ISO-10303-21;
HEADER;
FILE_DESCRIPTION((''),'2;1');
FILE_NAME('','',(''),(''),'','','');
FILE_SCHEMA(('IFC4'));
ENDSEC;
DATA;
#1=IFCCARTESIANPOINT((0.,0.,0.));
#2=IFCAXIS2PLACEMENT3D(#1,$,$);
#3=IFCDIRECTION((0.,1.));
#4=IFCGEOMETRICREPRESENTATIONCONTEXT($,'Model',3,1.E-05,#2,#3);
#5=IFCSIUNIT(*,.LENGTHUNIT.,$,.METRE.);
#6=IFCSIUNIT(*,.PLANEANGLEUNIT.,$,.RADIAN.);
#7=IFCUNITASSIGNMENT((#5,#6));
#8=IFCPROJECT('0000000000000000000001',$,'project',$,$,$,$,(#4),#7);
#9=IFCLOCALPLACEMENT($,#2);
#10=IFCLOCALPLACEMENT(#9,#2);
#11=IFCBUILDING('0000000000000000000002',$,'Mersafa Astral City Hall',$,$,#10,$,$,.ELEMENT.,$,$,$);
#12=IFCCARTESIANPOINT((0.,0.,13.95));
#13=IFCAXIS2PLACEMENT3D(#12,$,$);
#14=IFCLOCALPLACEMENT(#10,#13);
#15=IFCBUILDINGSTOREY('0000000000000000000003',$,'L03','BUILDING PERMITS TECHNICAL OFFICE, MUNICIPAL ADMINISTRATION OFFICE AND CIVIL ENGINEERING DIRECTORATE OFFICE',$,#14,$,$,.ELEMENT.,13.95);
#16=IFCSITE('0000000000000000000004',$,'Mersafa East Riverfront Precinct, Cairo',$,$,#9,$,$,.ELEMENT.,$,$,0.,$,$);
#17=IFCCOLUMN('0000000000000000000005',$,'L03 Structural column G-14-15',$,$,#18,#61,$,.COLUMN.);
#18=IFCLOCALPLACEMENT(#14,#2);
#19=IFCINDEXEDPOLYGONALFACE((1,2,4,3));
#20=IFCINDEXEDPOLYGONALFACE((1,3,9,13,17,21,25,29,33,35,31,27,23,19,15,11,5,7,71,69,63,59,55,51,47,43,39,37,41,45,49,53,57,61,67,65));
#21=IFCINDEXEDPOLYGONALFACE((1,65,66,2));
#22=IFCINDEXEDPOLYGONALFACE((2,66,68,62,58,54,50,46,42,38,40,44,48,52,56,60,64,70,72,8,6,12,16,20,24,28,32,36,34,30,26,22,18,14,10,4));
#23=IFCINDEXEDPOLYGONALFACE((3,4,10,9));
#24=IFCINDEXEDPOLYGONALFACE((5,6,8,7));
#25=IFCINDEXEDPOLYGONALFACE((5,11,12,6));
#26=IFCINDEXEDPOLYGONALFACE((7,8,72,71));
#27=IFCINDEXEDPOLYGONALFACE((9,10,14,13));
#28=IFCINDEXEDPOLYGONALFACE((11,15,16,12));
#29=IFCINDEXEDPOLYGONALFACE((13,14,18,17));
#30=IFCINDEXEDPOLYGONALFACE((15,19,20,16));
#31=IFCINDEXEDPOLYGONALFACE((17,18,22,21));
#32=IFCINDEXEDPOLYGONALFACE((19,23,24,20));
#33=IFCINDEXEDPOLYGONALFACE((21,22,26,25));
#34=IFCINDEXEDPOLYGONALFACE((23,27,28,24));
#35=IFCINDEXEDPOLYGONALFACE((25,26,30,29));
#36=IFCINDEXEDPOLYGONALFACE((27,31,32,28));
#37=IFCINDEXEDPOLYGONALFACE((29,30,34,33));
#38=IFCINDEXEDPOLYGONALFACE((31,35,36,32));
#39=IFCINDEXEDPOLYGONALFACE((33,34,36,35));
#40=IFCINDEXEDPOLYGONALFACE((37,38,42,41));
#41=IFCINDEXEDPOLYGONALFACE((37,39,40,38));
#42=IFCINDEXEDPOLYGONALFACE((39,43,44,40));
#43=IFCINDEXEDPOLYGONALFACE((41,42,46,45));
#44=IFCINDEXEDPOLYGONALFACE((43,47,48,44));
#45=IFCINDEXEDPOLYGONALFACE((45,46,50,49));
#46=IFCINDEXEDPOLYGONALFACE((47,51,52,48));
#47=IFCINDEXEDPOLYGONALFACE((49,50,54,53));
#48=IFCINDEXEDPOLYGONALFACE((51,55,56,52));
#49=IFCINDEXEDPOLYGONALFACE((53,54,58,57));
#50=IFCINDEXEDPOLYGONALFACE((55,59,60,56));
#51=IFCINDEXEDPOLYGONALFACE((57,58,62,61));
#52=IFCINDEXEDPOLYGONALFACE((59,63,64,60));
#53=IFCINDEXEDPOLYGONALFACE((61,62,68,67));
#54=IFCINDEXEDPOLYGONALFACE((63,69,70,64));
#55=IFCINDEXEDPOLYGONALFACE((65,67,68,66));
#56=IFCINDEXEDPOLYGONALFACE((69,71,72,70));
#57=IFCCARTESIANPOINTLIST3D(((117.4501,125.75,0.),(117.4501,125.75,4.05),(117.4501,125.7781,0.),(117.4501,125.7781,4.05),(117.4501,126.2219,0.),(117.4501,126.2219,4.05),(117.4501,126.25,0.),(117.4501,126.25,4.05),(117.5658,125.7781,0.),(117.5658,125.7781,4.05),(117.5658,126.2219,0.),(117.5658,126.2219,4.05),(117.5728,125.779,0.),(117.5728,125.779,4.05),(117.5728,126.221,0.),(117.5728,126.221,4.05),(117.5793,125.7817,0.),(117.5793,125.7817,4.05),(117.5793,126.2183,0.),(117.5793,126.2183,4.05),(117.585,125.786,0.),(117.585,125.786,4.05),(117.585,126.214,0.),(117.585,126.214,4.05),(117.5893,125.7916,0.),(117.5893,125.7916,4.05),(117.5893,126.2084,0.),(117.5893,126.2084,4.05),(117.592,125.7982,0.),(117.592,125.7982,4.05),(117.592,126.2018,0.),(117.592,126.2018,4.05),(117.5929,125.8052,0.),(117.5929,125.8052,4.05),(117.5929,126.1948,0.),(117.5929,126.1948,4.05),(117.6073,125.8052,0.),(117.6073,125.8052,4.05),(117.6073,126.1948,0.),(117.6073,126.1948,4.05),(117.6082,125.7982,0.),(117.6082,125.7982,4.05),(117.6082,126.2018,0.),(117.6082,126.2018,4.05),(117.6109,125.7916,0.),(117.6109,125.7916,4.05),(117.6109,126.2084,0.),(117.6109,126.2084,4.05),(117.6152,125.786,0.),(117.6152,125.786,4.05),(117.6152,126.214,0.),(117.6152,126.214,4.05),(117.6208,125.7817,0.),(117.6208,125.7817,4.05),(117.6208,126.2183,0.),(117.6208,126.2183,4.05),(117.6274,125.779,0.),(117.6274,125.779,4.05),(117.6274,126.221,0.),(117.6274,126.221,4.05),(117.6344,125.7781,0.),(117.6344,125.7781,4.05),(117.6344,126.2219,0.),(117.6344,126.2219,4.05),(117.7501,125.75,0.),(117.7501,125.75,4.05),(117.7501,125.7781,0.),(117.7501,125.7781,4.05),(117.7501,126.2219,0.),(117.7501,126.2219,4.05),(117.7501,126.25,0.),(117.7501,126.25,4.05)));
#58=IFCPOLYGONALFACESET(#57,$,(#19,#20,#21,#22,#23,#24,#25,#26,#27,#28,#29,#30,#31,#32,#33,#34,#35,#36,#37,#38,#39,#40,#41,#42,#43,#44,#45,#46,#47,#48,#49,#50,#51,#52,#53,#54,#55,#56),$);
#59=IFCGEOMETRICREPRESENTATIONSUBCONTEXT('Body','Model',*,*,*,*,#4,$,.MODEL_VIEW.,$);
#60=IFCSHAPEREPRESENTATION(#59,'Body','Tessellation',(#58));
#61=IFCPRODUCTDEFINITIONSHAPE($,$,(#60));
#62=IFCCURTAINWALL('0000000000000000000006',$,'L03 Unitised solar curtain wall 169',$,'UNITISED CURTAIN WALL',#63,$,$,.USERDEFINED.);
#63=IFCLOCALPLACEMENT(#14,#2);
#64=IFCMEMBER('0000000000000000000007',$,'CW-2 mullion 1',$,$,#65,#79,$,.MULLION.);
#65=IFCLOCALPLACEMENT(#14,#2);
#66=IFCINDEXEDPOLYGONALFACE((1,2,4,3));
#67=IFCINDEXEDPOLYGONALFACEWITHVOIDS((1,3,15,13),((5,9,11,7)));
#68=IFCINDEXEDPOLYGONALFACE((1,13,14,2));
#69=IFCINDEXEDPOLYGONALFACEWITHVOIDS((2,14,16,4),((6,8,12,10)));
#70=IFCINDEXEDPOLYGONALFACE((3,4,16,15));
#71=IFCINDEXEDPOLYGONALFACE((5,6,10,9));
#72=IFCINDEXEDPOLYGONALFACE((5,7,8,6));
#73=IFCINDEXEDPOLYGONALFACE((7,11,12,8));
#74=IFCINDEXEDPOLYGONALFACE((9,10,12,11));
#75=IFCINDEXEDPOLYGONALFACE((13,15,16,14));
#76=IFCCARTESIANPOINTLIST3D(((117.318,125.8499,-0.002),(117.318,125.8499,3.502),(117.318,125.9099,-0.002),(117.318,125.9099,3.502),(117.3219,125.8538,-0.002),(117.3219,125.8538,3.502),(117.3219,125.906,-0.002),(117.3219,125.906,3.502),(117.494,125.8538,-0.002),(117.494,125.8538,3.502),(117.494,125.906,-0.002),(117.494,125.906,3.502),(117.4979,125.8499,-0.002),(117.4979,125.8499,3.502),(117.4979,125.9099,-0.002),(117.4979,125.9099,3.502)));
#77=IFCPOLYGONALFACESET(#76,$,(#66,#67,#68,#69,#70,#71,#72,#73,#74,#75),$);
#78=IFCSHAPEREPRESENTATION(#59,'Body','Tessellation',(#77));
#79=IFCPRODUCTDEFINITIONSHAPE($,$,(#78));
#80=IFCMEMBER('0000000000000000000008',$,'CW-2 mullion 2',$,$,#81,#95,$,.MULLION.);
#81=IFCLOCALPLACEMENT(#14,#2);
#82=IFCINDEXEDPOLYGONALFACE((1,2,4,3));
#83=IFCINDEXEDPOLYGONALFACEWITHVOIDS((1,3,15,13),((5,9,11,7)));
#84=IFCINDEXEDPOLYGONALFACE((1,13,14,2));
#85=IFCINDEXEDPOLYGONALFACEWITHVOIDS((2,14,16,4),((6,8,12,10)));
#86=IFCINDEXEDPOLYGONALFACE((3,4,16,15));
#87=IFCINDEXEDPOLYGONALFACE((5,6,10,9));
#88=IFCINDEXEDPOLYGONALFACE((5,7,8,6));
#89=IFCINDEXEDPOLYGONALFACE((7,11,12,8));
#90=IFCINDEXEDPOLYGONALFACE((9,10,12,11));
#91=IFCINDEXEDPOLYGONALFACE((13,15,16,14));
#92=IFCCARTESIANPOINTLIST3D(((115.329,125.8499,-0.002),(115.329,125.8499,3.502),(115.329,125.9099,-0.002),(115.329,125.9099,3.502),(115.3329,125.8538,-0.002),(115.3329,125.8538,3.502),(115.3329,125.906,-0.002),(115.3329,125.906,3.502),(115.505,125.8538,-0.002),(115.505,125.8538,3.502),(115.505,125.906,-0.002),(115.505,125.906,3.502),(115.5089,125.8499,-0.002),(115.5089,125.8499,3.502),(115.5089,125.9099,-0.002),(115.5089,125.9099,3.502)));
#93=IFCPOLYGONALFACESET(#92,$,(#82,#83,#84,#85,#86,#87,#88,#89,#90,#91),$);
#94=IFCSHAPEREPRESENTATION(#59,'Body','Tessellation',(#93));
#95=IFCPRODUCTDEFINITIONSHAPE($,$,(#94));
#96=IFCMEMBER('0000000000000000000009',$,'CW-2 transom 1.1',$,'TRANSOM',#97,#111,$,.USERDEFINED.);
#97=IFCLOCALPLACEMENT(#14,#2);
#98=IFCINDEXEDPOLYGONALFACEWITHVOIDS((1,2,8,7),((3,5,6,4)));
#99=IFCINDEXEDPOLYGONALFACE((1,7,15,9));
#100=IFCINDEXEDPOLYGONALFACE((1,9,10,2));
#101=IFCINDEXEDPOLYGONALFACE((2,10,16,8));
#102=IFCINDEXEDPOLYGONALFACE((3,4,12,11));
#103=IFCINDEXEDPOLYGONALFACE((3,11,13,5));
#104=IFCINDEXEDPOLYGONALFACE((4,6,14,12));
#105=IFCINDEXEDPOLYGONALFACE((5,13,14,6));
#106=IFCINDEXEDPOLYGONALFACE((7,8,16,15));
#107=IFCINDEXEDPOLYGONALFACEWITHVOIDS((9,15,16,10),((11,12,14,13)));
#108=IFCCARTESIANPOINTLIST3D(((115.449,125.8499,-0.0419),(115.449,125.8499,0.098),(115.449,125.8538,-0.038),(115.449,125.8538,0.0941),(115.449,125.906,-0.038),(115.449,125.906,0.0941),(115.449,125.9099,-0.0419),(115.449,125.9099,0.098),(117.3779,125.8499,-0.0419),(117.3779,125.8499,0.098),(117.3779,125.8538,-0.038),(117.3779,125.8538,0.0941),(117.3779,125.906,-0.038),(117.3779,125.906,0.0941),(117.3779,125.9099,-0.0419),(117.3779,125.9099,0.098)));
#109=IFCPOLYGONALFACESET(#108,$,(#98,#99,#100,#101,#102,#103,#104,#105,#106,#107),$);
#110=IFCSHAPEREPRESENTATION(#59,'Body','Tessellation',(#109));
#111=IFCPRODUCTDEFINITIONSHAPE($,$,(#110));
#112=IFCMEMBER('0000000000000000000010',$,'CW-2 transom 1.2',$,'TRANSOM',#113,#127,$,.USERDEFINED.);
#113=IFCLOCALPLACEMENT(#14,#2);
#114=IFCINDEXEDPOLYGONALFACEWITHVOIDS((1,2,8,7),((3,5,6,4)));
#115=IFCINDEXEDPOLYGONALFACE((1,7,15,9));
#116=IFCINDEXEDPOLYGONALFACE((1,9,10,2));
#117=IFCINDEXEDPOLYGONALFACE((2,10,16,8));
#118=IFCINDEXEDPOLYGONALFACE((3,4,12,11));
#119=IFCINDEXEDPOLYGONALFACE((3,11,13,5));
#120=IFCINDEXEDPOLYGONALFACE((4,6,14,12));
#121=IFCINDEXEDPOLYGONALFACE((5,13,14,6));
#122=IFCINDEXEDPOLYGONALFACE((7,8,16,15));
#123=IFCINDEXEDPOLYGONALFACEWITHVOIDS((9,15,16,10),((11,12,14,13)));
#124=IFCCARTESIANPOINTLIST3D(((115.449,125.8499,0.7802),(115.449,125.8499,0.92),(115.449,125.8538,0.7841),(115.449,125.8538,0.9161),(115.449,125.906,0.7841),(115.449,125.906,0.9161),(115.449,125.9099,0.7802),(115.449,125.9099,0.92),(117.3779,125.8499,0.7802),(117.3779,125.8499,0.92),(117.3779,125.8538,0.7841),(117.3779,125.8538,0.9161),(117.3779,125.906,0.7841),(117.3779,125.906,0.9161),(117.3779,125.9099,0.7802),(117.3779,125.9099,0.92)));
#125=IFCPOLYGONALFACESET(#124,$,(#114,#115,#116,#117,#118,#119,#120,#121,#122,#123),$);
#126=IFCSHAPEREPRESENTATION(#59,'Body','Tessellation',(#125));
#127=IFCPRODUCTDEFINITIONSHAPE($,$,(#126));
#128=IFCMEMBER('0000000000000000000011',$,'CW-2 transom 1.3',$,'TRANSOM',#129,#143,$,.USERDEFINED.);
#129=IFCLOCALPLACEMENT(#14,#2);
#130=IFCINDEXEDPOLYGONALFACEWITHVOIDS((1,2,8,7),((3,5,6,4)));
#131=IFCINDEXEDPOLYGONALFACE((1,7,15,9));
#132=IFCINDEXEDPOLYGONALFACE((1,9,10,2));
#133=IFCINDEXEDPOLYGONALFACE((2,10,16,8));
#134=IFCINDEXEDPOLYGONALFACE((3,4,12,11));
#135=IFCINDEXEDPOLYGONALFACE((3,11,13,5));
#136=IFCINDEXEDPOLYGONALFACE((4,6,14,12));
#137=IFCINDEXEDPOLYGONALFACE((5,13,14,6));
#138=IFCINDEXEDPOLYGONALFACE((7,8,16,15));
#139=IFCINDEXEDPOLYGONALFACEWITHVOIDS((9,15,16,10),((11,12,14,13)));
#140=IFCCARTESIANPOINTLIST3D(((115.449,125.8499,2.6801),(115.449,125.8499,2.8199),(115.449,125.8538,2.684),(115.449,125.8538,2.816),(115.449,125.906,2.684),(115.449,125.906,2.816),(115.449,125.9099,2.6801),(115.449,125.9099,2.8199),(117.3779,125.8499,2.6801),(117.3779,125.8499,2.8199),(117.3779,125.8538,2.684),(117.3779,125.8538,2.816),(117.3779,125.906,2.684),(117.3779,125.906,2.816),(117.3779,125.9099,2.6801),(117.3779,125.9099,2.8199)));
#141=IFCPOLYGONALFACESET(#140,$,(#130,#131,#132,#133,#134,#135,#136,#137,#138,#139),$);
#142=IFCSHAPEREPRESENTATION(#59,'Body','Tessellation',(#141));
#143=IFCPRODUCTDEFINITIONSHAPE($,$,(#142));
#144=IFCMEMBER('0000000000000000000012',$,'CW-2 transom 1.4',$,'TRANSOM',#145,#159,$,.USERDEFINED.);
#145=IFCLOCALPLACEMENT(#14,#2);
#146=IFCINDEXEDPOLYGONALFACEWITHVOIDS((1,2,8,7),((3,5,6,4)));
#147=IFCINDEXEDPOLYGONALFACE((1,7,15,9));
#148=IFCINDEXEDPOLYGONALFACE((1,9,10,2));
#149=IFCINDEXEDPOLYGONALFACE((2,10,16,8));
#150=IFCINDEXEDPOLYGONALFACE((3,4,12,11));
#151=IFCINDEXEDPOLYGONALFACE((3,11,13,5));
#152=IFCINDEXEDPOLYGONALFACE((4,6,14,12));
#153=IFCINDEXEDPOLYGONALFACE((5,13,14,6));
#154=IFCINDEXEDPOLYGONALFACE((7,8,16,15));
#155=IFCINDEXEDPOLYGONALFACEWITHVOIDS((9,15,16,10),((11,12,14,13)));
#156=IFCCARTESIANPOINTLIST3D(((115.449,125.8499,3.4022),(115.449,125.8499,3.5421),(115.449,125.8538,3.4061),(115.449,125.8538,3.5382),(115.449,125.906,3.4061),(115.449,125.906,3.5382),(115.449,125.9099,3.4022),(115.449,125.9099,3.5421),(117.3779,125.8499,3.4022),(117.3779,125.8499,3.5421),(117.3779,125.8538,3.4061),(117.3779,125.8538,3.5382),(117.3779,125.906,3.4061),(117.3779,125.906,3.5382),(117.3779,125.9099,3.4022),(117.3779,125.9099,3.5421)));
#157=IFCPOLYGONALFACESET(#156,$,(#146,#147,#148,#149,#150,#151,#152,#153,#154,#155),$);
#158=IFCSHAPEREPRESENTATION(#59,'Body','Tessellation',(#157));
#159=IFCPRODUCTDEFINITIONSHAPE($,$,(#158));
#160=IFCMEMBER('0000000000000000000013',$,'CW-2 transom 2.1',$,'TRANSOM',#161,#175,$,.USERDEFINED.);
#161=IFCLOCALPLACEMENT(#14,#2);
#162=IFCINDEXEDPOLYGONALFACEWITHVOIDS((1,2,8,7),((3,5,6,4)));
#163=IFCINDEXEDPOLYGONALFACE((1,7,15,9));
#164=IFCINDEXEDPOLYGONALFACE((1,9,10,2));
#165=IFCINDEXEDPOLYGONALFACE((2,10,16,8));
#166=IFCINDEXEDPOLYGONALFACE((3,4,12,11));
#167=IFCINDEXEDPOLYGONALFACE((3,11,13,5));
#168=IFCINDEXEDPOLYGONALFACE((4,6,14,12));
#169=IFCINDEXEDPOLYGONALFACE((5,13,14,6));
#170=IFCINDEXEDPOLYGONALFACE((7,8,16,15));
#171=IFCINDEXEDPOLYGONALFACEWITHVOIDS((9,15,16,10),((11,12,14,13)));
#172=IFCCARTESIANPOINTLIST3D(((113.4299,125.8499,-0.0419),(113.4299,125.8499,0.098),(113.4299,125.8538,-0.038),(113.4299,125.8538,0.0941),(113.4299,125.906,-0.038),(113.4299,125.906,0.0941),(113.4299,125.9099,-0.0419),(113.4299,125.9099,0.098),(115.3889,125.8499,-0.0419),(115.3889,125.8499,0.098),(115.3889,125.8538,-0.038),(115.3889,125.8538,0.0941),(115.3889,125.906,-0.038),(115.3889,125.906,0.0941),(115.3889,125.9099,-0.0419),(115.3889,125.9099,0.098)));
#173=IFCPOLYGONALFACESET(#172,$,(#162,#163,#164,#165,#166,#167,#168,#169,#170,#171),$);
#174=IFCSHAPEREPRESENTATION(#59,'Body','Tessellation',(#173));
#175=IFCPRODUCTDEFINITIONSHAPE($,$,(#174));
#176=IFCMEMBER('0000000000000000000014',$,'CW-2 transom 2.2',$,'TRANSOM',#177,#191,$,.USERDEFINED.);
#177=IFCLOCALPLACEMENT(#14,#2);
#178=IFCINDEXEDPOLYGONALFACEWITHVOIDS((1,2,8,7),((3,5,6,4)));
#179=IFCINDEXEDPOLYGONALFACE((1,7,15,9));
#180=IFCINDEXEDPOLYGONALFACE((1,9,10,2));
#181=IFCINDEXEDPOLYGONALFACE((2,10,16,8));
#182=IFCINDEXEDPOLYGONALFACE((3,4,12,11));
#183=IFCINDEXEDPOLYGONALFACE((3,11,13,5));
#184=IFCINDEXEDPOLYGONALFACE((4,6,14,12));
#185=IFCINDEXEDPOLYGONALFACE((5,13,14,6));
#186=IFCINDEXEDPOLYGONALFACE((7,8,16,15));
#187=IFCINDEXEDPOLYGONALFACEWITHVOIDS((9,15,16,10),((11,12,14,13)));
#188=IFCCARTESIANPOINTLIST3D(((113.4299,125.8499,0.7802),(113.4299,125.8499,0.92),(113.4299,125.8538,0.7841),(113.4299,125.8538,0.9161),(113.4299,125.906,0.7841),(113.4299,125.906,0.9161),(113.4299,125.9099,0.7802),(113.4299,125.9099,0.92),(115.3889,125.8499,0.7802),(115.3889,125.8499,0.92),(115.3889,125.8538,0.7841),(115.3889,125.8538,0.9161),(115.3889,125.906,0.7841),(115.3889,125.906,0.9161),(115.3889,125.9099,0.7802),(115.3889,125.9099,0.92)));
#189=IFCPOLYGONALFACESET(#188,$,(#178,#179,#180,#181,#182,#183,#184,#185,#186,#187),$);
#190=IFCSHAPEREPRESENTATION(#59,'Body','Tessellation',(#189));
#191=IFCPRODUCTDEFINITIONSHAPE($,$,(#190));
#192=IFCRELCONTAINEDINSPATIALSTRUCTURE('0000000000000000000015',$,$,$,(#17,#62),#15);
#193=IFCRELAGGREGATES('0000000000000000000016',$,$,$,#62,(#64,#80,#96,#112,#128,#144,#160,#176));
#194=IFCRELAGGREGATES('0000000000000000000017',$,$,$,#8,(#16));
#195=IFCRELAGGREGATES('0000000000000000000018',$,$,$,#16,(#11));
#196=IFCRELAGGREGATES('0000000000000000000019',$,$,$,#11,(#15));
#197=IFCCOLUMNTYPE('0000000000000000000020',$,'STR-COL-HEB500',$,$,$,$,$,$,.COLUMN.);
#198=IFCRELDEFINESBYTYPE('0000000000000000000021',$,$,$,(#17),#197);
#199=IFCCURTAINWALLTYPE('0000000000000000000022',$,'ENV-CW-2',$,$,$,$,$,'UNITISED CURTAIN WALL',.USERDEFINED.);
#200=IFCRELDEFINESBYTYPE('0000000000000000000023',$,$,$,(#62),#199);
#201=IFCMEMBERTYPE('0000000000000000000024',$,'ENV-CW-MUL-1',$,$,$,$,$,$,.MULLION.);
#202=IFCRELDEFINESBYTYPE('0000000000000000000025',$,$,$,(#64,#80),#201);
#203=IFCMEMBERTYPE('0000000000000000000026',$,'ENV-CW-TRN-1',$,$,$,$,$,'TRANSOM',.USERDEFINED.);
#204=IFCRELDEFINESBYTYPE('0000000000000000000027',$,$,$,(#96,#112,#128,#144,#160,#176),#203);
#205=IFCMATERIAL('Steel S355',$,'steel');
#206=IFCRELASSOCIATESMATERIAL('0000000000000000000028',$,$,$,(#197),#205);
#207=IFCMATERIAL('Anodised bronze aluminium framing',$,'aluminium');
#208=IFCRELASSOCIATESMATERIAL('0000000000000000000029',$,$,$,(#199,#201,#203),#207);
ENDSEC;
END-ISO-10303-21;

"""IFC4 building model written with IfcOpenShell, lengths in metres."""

from ifc_helpers import new_model, si_unit, direction, frame, origin, origin_2d, place, context, subcontext, project, spatial, hollow_rectangle, i_section, extrude, material, material_profile, profile_set, type_object, element, aggregate, save


model = new_model("IFC4")

# Units and contexts
model_context = context("Model", 3, precision=1e-05, world=origin(), true_north=direction((0.0, 1.0)))
body_context = subcontext(model_context, "Body", "Model", "MODEL_VIEW")
ifc_project = project(units=[si_unit("LENGTHUNIT", "METRE"), si_unit("PLANEANGLEUNIT", "RADIAN")], contexts=[model_context])

# Site, building, storey
site_placement = place(None, origin())
site = spatial("IfcSite", under=ifc_project, at=site_placement, Name="Mersafa East Riverfront Precinct, Cairo", CompositionType="ELEMENT", RefElevation=0.0)
building_placement = place(site_placement, origin())
building = spatial("IfcBuilding", under=site, at=building_placement, Name="Mersafa Astral City Hall", CompositionType="ELEMENT")
storey_placement = place(building_placement, frame((0.0, 0.0, 13.95)))
storey = spatial("IfcBuildingStorey", under=building, at=storey_placement, Name="L03", Description="BUILDING PERMITS TECHNICAL OFFICE, MUNICIPAL ADMINISTRATION OFFICE AND CIVIL ENGINEERING DIRECTORATE OFFICE", CompositionType="ELEMENT", Elevation=13.95)

# Column
ifc_material_1 = material(Name="Steel S355", Category="steel")
ifc_material_profile_1 = material_profile(ifc_material_1, i_section(OverallWidth=0.3, OverallDepth=0.5, WebThickness=0.0144, FlangeThickness=0.0281, FilletRadius=0.0271, at=origin_2d()), Name="HEB 500")
ifc_profile_set_1 = profile_set([ifc_material_profile_1], Name="Steel S355")
column_type = type_object("IfcColumnType", Name="STR-COL-HEB500", PredefinedType="COLUMN", material=ifc_profile_set_1)
column_placement = place(storey_placement, frame((117.6001, 126.0, 0.0), z_axis=(0.0, 0.0, 1.0), x_axis=(1.0, 0.0, 0.0)))
element("IfcColumn", 1, at=column_placement, inside=storey, type_object=column_type, Name="L03 Structural column G-14-15", PredefinedType="COLUMN", context=body_context, shape_type="SweptSolid", body=[
    extrude(i_section(OverallWidth=0.3, OverallDepth=0.5, WebThickness=0.0144, FlangeThickness=0.0281, FilletRadius=0.0271, at=origin_2d()), origin(), (0.0, 0.0, 1.0), 4.05),
])

# Curtain wall, members
ifc_material_2 = material(Name="Anodised bronze aluminium framing", Category="aluminium")
curtain_wall_type = type_object("IfcCurtainWallType", Name="ENV-CW-2", ElementType="UNITISED CURTAIN WALL", PredefinedType="USERDEFINED", material=ifc_material_2)
curtain_wall_placement = place(storey_placement, origin())
curtain_wall = element("IfcCurtainWall", 2, at=curtain_wall_placement, inside=storey, type_object=curtain_wall_type, Name="L03 Unitised solar curtain wall 169", ObjectType="UNITISED CURTAIN WALL", PredefinedType="USERDEFINED")
ifc_material_profile_2 = material_profile(ifc_material_2, hollow_rectangle(XDim=0.0601, YDim=0.1799, WallThickness=0.0039, at=origin_2d()), Name="RHS 60x180x4")
ifc_profile_set_2 = profile_set([ifc_material_profile_2], Name="Anodised bronze aluminium framing")
member_type_1 = type_object("IfcMemberType", Name="ENV-CW-MUL-1", PredefinedType="MULLION", material=ifc_profile_set_2)
member_1_placement = place(storey_placement, frame((117.408, 125.8799, -0.002), z_axis=(0.0, 0.0, 1.0), x_axis=(0.0, -1.0, 0.0)))
member_1 = element("IfcMember", 3, at=member_1_placement, type_object=member_type_1, Name="CW-2 mullion 1", PredefinedType="MULLION", context=body_context, shape_type="SweptSolid", body=[
    extrude(hollow_rectangle(XDim=0.0601, YDim=0.1799, WallThickness=0.0039, at=origin_2d()), origin(), (0.0, 0.0, 1.0), 3.5039),
])
member_2_placement = place(storey_placement, frame((115.4189, 125.8799, -0.002), z_axis=(0.0, 0.0, 1.0), x_axis=(0.0, -1.0, 0.0)))
member_2 = element("IfcMember", 4, at=member_2_placement, type_object=member_type_1, Name="CW-2 mullion 2", PredefinedType="MULLION", context=body_context, shape_type="SweptSolid", body=[
    extrude(hollow_rectangle(XDim=0.0601, YDim=0.1799, WallThickness=0.0039, at=origin_2d()), origin(), (0.0, 0.0, 1.0), 3.5039),
])
ifc_material_profile_3 = material_profile(ifc_material_2, hollow_rectangle(XDim=0.0601, YDim=0.1399, WallThickness=0.0039, at=origin_2d()), Name="RHS 60x140x4")
ifc_profile_set_3 = profile_set([ifc_material_profile_3], Name="Anodised bronze aluminium framing")
member_type_2 = type_object("IfcMemberType", Name="ENV-CW-TRN-1", ElementType="TRANSOM", PredefinedType="USERDEFINED", material=ifc_profile_set_3)
member_3_placement = place(storey_placement, frame((117.3779, 125.8799, 0.0281), z_axis=(-1.0, 0.0, 0.0), x_axis=(0.0, -1.0, 0.0)))
member_3 = element("IfcMember", 5, at=member_3_placement, type_object=member_type_2, Name="CW-2 transom 1.1", ObjectType="TRANSOM", PredefinedType="USERDEFINED", context=body_context, shape_type="SweptSolid", body=[
    extrude(hollow_rectangle(XDim=0.0601, YDim=0.1399, WallThickness=0.0039, at=origin_2d()), origin(), (0.0, 0.0, 1.0), 1.929),
])
member_4_placement = place(storey_placement, frame((117.3779, 125.8799, 0.8501), z_axis=(-1.0, 0.0, 0.0), x_axis=(0.0, -1.0, 0.0)))
member_4 = element("IfcMember", 6, at=member_4_placement, type_object=member_type_2, Name="CW-2 transom 1.2", ObjectType="TRANSOM", PredefinedType="USERDEFINED", context=body_context, shape_type="SweptSolid", body=[
    extrude(hollow_rectangle(XDim=0.0601, YDim=0.1399, WallThickness=0.0039, at=origin_2d()), origin(), (0.0, 0.0, 1.0), 1.929),
])
member_5_placement = place(storey_placement, frame((117.3779, 125.8799, 2.75), z_axis=(-1.0, 0.0, 0.0), x_axis=(0.0, -1.0, 0.0)))
member_5 = element("IfcMember", 7, at=member_5_placement, type_object=member_type_2, Name="CW-2 transom 1.3", ObjectType="TRANSOM", PredefinedType="USERDEFINED", context=body_context, shape_type="SweptSolid", body=[
    extrude(hollow_rectangle(XDim=0.0601, YDim=0.1399, WallThickness=0.0039, at=origin_2d()), origin(), (0.0, 0.0, 1.0), 1.929),
])
member_6_placement = place(storey_placement, frame((117.3779, 125.8799, 3.4722), z_axis=(-1.0, 0.0, 0.0), x_axis=(0.0, -1.0, 0.0)))
member_6 = element("IfcMember", 8, at=member_6_placement, type_object=member_type_2, Name="CW-2 transom 1.4", ObjectType="TRANSOM", PredefinedType="USERDEFINED", context=body_context, shape_type="SweptSolid", body=[
    extrude(hollow_rectangle(XDim=0.0601, YDim=0.1399, WallThickness=0.0039, at=origin_2d()), origin(), (0.0, 0.0, 1.0), 1.929),
])
member_7_placement = place(storey_placement, frame((115.3889, 125.8799, 0.0281), z_axis=(-1.0, 0.0, 0.0), x_axis=(0.0, -1.0, 0.0)))
member_7 = element("IfcMember", 9, at=member_7_placement, type_object=member_type_2, Name="CW-2 transom 2.1", ObjectType="TRANSOM", PredefinedType="USERDEFINED", context=body_context, shape_type="SweptSolid", body=[
    extrude(hollow_rectangle(XDim=0.0601, YDim=0.1399, WallThickness=0.0039, at=origin_2d()), origin(), (0.0, 0.0, 1.0), 1.959),
])
member_8_placement = place(storey_placement, frame((115.3889, 125.8799, 0.8501), z_axis=(-1.0, 0.0, 0.0), x_axis=(0.0, -1.0, 0.0)))
member_8 = element("IfcMember", 10, at=member_8_placement, type_object=member_type_2, Name="CW-2 transom 2.2", ObjectType="TRANSOM", PredefinedType="USERDEFINED", context=body_context, shape_type="SweptSolid", body=[
    extrude(hollow_rectangle(XDim=0.0601, YDim=0.1399, WallThickness=0.0039, at=origin_2d()), origin(), (0.0, 0.0, 1.0), 1.959),
])

aggregate(curtain_wall, [member_1, member_2, member_3, member_4, member_5, member_6, member_7, member_8])

save(model, "model.ifc")
